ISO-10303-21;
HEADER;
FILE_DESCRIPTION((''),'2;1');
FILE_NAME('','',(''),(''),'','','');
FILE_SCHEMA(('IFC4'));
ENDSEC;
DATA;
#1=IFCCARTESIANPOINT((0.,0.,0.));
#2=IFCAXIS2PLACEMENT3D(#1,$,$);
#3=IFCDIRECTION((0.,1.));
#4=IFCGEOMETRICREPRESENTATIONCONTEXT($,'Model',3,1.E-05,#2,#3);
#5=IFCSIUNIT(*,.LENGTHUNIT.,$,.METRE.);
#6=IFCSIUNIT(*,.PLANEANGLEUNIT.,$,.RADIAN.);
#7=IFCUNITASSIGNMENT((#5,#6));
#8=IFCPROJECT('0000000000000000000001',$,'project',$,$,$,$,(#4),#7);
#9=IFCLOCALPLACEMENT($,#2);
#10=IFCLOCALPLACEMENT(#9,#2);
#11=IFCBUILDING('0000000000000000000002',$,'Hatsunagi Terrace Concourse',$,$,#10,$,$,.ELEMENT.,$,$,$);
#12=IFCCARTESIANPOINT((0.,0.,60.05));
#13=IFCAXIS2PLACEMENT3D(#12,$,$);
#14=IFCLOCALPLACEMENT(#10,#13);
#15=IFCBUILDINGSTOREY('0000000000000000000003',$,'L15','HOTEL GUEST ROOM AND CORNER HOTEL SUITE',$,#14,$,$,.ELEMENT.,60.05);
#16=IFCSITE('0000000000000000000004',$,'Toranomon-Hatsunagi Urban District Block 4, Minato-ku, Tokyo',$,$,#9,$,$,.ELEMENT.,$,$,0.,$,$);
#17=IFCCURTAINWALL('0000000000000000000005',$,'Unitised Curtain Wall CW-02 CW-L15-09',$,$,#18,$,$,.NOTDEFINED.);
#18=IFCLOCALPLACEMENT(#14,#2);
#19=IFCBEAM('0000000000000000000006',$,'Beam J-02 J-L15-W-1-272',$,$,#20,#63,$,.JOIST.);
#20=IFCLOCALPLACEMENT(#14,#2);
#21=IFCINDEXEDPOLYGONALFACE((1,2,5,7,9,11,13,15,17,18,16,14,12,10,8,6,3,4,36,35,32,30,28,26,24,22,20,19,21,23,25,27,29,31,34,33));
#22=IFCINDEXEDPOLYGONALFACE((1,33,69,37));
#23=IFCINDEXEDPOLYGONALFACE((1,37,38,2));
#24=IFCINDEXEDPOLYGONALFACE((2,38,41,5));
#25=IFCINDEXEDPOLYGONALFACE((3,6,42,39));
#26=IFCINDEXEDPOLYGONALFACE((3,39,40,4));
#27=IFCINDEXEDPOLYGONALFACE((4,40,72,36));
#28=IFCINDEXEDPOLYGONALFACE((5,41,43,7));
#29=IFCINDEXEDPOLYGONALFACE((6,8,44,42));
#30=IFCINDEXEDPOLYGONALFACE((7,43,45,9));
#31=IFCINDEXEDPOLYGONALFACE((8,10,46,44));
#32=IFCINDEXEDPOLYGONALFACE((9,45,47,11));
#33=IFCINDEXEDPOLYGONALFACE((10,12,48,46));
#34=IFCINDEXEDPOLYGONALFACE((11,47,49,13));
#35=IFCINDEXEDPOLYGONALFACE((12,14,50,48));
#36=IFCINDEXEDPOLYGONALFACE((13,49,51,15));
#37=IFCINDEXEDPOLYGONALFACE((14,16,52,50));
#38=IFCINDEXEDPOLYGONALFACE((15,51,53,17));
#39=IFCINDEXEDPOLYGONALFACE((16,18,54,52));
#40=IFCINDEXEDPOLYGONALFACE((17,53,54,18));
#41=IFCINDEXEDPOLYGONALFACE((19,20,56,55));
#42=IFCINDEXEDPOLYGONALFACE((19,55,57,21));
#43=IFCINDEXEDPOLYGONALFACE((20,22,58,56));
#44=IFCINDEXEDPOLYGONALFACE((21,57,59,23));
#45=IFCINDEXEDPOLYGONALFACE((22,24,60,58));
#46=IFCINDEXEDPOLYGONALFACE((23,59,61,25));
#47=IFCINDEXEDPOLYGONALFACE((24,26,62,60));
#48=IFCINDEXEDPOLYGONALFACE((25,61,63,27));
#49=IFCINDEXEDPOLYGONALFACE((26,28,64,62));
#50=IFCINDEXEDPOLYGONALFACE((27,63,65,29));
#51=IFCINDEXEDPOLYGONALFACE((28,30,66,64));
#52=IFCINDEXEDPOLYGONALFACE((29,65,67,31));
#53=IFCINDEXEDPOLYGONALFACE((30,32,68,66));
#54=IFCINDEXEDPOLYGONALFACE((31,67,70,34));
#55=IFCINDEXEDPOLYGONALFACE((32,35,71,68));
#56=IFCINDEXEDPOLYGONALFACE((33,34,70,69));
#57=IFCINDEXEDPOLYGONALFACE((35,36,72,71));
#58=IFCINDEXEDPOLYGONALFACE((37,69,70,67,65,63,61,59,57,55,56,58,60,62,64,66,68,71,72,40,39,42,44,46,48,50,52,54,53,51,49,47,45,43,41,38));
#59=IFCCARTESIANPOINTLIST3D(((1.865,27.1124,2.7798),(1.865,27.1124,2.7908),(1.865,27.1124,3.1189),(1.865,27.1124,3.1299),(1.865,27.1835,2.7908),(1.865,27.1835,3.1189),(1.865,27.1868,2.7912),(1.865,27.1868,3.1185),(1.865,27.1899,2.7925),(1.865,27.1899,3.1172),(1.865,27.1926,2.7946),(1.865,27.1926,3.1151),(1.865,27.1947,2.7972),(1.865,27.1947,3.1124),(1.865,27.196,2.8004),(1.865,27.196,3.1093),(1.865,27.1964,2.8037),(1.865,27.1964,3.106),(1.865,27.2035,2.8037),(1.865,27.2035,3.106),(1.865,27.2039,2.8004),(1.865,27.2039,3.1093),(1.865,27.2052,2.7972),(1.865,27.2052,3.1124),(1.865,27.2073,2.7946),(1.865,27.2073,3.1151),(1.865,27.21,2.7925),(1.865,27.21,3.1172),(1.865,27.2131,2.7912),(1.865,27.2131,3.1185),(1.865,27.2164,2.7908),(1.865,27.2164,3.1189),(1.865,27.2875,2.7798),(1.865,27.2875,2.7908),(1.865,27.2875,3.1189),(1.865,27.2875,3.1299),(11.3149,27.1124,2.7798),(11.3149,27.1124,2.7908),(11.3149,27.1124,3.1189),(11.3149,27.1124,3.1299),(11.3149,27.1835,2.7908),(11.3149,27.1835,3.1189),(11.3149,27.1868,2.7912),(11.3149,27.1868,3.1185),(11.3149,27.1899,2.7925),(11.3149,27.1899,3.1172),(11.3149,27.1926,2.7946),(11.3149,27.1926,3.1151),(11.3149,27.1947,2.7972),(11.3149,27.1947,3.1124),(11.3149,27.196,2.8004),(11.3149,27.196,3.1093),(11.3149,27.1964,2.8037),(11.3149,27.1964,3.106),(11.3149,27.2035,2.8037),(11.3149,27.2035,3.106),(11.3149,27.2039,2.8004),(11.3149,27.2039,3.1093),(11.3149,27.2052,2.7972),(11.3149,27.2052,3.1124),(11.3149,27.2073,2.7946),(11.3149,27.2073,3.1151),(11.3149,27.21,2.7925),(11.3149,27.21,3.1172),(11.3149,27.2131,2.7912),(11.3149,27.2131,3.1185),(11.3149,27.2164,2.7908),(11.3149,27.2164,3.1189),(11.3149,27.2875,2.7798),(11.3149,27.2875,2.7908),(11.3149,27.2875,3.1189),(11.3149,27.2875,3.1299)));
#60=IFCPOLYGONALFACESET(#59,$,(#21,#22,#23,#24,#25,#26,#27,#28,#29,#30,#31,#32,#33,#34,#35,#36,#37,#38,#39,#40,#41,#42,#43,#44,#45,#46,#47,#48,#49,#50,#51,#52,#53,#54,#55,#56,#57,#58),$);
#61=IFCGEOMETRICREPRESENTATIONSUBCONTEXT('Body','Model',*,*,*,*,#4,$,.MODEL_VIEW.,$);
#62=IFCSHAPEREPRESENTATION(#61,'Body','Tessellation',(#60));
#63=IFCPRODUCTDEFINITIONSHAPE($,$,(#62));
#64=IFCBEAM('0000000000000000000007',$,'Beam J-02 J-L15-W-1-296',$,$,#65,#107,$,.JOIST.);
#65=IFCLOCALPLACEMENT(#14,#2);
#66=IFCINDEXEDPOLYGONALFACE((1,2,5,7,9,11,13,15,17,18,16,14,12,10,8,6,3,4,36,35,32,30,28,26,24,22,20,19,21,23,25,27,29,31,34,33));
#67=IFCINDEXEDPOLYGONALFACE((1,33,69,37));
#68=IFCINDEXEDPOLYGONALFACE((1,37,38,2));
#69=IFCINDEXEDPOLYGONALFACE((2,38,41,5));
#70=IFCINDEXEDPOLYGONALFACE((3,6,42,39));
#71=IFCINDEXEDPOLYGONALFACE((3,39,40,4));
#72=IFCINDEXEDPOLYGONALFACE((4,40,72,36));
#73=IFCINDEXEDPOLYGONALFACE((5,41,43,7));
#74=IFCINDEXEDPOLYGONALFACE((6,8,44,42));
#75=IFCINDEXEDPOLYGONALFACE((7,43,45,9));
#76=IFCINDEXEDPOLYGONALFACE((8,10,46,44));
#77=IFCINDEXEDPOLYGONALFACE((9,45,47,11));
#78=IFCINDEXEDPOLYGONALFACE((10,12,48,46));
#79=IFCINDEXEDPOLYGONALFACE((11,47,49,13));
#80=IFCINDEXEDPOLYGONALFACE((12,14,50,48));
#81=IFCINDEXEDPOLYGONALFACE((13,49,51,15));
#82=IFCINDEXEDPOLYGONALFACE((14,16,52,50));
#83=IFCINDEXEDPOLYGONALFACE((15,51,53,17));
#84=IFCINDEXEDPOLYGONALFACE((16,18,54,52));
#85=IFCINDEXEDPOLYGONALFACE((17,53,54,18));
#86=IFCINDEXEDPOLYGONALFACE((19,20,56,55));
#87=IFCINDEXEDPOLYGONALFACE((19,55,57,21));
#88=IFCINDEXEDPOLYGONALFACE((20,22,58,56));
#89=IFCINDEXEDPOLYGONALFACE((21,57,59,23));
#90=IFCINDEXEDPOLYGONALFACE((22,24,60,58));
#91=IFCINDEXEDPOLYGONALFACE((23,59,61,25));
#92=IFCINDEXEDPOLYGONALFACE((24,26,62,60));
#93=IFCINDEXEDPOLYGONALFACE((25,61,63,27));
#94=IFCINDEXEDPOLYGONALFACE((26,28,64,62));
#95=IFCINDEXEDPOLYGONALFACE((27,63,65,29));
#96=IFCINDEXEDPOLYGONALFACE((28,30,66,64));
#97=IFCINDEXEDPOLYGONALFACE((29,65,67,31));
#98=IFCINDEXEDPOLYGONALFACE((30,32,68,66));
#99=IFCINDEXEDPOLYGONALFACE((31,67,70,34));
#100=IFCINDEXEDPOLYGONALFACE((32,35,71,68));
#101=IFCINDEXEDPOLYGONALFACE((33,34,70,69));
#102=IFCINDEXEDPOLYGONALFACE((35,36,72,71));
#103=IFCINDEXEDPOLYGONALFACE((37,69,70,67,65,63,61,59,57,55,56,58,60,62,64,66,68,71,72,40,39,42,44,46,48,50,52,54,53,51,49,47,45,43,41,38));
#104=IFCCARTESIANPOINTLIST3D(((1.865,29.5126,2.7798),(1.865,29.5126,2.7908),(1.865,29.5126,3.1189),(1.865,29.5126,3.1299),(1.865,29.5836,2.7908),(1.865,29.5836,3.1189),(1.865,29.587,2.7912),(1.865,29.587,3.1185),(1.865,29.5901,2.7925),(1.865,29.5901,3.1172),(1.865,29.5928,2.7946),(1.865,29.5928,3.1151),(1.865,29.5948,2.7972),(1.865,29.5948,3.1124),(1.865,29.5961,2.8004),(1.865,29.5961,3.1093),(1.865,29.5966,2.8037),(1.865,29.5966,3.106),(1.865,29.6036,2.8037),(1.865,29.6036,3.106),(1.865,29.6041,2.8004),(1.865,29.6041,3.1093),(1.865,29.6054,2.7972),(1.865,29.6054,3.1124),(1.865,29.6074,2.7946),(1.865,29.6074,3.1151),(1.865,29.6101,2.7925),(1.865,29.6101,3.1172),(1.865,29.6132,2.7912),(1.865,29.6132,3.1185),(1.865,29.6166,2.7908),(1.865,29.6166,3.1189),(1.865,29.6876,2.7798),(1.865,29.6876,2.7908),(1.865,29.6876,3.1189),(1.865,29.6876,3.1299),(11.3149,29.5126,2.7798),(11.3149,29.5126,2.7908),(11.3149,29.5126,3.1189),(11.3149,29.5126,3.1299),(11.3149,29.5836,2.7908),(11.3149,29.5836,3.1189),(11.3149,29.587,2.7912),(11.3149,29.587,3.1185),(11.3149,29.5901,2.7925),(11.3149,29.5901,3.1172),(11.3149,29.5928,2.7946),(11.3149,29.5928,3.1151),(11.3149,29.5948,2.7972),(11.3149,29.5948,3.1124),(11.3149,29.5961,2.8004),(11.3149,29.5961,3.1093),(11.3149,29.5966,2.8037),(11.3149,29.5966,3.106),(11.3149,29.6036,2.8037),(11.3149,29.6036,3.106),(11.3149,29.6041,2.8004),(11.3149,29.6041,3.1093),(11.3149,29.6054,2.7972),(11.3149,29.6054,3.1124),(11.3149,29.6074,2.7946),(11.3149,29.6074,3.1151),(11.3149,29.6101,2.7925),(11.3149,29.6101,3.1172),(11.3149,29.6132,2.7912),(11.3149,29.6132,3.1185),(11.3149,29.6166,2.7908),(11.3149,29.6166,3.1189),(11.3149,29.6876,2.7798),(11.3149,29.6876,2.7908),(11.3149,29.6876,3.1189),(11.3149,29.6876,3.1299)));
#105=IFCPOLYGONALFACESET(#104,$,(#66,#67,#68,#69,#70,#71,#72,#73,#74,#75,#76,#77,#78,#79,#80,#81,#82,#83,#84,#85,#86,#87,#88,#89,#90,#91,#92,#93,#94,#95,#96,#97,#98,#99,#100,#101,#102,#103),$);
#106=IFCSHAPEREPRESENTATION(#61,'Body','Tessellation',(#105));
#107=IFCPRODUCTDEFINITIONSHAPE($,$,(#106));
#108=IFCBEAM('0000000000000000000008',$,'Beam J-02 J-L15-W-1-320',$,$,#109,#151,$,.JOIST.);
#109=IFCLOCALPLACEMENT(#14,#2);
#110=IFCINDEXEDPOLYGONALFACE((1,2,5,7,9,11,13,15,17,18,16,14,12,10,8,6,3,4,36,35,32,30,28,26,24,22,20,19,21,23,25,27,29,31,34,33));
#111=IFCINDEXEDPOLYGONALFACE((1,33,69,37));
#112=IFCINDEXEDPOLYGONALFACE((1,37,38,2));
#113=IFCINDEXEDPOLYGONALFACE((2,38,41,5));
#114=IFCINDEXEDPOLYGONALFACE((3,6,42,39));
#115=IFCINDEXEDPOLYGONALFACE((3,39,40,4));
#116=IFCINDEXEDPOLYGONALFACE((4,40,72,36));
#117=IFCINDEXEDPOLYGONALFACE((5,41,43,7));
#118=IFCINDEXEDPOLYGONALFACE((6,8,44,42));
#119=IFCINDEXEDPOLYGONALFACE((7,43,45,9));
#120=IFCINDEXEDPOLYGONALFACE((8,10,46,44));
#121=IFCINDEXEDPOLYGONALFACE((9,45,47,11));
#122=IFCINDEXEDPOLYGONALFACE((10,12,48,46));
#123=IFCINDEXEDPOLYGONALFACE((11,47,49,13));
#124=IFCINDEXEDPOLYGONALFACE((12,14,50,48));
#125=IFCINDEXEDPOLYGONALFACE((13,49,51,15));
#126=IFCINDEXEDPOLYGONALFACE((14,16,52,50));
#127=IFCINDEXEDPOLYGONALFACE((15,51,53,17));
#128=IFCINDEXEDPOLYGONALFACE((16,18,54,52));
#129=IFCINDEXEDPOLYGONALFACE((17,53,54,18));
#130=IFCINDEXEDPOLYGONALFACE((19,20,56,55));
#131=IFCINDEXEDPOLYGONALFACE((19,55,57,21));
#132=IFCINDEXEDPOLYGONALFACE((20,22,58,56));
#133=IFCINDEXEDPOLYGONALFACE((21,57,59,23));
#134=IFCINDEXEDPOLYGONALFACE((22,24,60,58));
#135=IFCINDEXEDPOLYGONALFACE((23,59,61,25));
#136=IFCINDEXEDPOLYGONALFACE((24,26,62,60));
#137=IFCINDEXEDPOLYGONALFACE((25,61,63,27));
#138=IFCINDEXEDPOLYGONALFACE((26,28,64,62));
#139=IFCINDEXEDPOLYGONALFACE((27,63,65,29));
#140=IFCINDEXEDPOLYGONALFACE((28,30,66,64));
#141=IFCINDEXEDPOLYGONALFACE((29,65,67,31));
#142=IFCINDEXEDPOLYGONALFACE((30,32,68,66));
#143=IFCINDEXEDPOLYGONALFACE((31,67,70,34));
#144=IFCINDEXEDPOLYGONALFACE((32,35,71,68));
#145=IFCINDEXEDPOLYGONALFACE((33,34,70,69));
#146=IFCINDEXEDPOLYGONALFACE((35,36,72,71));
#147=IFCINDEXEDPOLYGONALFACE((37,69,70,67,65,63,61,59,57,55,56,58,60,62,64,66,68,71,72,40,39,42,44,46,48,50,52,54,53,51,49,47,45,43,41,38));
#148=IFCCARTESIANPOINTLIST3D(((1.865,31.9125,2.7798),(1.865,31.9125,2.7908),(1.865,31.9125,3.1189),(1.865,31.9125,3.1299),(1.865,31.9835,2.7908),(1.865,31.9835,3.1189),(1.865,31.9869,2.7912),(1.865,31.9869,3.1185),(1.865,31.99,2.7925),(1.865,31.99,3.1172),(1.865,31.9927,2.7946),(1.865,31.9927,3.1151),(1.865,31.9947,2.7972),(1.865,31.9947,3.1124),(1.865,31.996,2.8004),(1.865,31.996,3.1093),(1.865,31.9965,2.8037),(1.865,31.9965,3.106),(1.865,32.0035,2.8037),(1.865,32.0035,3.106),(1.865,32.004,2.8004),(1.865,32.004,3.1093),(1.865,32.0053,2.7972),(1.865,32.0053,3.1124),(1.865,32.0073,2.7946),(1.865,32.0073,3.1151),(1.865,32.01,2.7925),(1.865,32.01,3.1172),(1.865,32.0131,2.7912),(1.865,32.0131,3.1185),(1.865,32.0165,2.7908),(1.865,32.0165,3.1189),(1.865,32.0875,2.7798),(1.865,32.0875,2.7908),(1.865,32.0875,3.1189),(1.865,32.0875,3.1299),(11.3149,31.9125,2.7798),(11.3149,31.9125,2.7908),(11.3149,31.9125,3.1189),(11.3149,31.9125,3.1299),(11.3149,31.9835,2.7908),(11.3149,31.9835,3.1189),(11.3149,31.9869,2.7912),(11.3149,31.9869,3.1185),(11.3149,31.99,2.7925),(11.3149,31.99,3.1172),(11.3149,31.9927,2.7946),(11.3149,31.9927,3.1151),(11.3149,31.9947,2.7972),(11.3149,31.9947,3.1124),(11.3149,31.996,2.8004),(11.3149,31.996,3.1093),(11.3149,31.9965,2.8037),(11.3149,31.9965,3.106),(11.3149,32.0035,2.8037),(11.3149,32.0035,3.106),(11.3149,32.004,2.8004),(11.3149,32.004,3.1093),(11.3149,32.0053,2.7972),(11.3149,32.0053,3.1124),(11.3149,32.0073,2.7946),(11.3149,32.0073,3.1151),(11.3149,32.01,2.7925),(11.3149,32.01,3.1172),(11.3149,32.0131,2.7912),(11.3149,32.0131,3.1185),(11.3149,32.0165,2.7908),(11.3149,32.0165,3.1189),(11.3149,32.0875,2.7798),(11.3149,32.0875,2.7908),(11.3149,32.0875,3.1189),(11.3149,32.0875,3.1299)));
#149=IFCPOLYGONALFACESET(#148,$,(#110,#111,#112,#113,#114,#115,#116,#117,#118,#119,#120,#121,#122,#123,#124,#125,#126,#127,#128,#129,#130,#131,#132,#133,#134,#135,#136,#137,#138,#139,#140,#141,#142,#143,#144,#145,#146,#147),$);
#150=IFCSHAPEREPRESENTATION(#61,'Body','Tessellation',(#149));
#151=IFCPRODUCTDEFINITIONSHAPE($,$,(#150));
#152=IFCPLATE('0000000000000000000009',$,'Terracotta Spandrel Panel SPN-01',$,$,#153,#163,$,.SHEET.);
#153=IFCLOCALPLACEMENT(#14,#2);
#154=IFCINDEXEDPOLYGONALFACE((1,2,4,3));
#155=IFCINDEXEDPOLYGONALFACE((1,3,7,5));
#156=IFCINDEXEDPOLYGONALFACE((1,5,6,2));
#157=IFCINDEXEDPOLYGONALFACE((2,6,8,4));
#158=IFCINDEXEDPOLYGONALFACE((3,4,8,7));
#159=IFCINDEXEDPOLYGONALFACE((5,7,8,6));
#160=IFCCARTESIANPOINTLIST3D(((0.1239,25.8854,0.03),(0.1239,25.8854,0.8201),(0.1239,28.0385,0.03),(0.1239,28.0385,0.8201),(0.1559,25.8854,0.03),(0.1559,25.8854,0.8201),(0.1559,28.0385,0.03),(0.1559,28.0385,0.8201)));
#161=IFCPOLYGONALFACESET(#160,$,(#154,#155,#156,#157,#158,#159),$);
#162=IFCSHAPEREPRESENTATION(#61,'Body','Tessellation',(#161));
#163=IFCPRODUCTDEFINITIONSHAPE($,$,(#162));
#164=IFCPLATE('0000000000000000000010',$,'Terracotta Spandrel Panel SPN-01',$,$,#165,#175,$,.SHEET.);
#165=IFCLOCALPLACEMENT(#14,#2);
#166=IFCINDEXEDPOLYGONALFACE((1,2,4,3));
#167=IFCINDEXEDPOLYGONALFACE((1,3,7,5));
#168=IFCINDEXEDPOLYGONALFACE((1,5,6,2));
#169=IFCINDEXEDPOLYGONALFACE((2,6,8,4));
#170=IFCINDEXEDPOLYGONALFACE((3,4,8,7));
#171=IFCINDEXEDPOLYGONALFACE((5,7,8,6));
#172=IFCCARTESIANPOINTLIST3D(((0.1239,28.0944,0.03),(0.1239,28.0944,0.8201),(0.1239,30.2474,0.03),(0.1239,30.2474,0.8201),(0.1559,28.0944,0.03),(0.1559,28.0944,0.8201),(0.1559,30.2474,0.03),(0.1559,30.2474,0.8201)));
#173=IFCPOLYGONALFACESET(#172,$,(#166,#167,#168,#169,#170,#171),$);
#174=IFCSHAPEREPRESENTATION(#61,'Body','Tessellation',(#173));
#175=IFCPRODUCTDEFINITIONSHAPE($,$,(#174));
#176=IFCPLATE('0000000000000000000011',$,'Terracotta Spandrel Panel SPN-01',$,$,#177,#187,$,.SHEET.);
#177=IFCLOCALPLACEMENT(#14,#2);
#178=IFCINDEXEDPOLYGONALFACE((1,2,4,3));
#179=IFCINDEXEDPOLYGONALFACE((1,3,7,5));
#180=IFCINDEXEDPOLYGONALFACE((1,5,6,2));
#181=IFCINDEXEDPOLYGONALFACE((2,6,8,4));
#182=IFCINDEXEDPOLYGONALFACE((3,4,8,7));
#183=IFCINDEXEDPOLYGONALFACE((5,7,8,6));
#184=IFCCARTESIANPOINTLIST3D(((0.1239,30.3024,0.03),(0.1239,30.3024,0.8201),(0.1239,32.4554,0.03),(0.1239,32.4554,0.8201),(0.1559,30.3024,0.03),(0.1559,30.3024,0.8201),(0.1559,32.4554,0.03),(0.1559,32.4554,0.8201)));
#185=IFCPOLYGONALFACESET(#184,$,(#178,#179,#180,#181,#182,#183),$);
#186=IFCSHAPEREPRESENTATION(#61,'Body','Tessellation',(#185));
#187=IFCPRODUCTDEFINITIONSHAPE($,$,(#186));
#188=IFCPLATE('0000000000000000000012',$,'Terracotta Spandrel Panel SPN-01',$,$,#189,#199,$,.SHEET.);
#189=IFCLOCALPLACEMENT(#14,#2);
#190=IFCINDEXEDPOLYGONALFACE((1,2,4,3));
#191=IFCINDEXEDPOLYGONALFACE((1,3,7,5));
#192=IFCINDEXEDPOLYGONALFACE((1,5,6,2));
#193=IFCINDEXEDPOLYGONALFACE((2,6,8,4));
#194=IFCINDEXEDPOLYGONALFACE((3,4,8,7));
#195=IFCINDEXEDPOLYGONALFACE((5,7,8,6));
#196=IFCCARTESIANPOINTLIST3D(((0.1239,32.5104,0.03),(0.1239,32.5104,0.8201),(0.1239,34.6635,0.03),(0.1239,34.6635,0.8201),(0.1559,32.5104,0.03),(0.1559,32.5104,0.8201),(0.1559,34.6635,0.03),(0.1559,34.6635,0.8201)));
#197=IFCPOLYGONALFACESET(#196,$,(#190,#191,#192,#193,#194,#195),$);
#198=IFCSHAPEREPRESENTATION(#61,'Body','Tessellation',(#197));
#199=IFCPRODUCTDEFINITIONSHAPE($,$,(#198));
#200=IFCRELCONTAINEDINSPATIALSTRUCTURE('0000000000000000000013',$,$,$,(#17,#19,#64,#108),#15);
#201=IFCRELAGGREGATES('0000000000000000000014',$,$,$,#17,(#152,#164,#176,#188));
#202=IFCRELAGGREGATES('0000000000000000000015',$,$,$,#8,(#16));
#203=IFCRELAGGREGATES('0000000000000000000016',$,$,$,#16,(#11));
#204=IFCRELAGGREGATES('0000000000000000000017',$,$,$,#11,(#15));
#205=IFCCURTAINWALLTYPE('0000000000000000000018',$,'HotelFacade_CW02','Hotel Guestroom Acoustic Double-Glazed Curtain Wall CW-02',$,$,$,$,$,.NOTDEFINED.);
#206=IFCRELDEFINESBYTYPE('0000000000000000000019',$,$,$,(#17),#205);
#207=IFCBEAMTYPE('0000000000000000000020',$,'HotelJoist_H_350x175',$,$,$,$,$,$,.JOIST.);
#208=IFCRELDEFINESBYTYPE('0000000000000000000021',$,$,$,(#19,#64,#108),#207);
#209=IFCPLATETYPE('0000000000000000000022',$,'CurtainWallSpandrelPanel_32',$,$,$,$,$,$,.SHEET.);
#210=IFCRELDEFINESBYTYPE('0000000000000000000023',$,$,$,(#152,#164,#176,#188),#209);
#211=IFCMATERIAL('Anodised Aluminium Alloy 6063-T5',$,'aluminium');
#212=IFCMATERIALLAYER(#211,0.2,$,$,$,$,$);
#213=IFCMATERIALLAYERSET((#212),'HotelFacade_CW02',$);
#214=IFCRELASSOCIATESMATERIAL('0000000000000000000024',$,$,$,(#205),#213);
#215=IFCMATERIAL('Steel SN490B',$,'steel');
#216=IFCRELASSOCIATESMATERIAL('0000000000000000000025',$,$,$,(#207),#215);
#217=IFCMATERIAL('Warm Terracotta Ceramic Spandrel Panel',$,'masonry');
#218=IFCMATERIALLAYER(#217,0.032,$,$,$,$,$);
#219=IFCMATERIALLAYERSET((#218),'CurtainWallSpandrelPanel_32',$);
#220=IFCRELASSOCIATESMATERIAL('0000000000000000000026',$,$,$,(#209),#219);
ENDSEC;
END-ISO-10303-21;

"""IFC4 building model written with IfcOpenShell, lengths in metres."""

from ifc_helpers import new_model, si_unit, direction, frame, origin, origin_2d, place, context, subcontext, project, spatial, rectangle, i_section, extrude, material, layer, layer_set, material_profile, profile_set, type_object, element, aggregate, save


model = new_model("IFC4")

# Units and contexts
model_context = context("Model", 3, precision=1e-05, world=origin(), true_north=direction((0.0, 1.0)))
body_context = subcontext(model_context, "Body", "Model", "MODEL_VIEW")
ifc_project = project(units=[si_unit("LENGTHUNIT", "METRE"), si_unit("PLANEANGLEUNIT", "RADIAN")], contexts=[model_context])

# Site, building, storey
site_placement = place(None, origin())
site = spatial("IfcSite", under=ifc_project, at=site_placement, Name="Toranomon-Hatsunagi Urban District Block 4, Minato-ku, Tokyo", CompositionType="ELEMENT", RefElevation=0.0)
building_placement = place(site_placement, origin())
building = spatial("IfcBuilding", under=site, at=building_placement, Name="Hatsunagi Terrace Concourse", CompositionType="ELEMENT")
storey_placement = place(building_placement, frame((0.0, 0.0, 60.05)))
storey = spatial("IfcBuildingStorey", under=building, at=storey_placement, Name="L15", Description="HOTEL GUEST ROOM AND CORNER HOTEL SUITE", CompositionType="ELEMENT", Elevation=60.05)

# Curtain wall
ifc_material_1 = material(Name="Anodised Aluminium Alloy 6063-T5", Category="aluminium")
ifc_layer_1 = layer(ifc_material_1, 0.2)
ifc_layer_set_1 = layer_set([ifc_layer_1], Name="HotelFacade_CW02")
curtain_wall_type = type_object("IfcCurtainWallType", Name="HotelFacade_CW02", Description="Hotel Guestroom Acoustic Double-Glazed Curtain Wall CW-02", PredefinedType="NOTDEFINED", material=ifc_layer_set_1)
curtain_wall_placement = place(storey_placement, origin())
curtain_wall = element("IfcCurtainWall", 1, at=curtain_wall_placement, inside=storey, type_object=curtain_wall_type, Name="Unitised Curtain Wall CW-02 CW-L15-09", PredefinedType="NOTDEFINED")

# Beams
ifc_material_2 = material(Name="Steel SN490B", Category="steel")
ifc_material_profile_1 = material_profile(ifc_material_2, i_section(OverallWidth=0.175, OverallDepth=0.3501, WebThickness=0.0071, FlangeThickness=0.011, FilletRadius=0.0129, at=origin_2d()), Name="H-350x175x7x11")
ifc_profile_set_1 = profile_set([ifc_material_profile_1], Name="Steel SN490B")
beam_type_1 = type_object("IfcBeamType", Name="HotelJoist_H_350x175", PredefinedType="JOIST", material=ifc_profile_set_1)
for number, where, z_axis, x_axis, name in (
    (2, (1.865, 27.2, 2.9548), (1.0, 0.0, 0.0), (0.0, 1.0, 0.0), "Beam J-02 J-L15-W-1-272"),
    (3, (1.865, 29.6001, 2.9548), (1.0, 0.0, 0.0), (0.0, 1.0, 0.0), "Beam J-02 J-L15-W-1-296"),
    (4, (1.865, 32.0, 2.9548), (1.0, 0.0, 0.0), (0.0, 1.0, 0.0), "Beam J-02 J-L15-W-1-320"),
):
    element("IfcBeam", number, at=place(storey_placement, frame(where, z_axis=z_axis, x_axis=x_axis)), inside=storey, type_object=beam_type_1, Name=name, PredefinedType="JOIST", context=body_context, shape_type="SweptSolid", body=[
        extrude(i_section(OverallWidth=0.175, OverallDepth=0.3501, WebThickness=0.0071, FlangeThickness=0.011, FilletRadius=0.0129, at=origin_2d()), origin(), (0.0, 0.0, 1.0), 9.45),
    ])

# Plates
ifc_material_3 = material(Name="Warm Terracotta Ceramic Spandrel Panel", Category="masonry")
ifc_layer_2 = layer(ifc_material_3, 0.032)
ifc_layer_set_2 = layer_set([ifc_layer_2], Name="CurtainWallSpandrelPanel_32")
plate_type_1 = type_object("IfcPlateType", Name="CurtainWallSpandrelPanel_32", PredefinedType="SHEET", material=ifc_layer_set_2)
plate_1_placement = place(storey_placement, frame((0.1399, 26.9619, 0.03), z_axis=(0.0, 0.0, 1.0), x_axis=(0.0, 1.0, 0.0)))
plate_1 = element("IfcPlate", 5, at=plate_1_placement, type_object=plate_type_1, Name="Terracotta Spandrel Panel SPN-01", PredefinedType="SHEET", context=body_context, shape_type="SweptSolid", body=[
    extrude(rectangle(XDim=2.1531, YDim=0.032, at=origin_2d()), origin(), (0.0, 0.0, 1.0), 0.79),
])
plate_2_placement = place(storey_placement, frame((0.1399, 29.1709, 0.03), z_axis=(0.0, 0.0, 1.0), x_axis=(0.0, 1.0, 0.0)))
plate_2 = element("IfcPlate", 6, at=plate_2_placement, type_object=plate_type_1, Name="Terracotta Spandrel Panel SPN-01", PredefinedType="SHEET", context=body_context, shape_type="SweptSolid", body=[
    extrude(rectangle(XDim=2.1531, YDim=0.032, at=origin_2d()), origin(), (0.0, 0.0, 1.0), 0.79),
])
plate_3_placement = place(storey_placement, frame((0.1399, 31.3789, 0.03), z_axis=(0.0, 0.0, 1.0), x_axis=(0.0, 1.0, 0.0)))
plate_3 = element("IfcPlate", 7, at=plate_3_placement, type_object=plate_type_1, Name="Terracotta Spandrel Panel SPN-01", PredefinedType="SHEET", context=body_context, shape_type="SweptSolid", body=[
    extrude(rectangle(XDim=2.1531, YDim=0.032, at=origin_2d()), origin(), (0.0, 0.0, 1.0), 0.79),
])
plate_4_placement = place(storey_placement, frame((0.1399, 33.5869, 0.03), z_axis=(0.0, 0.0, 1.0), x_axis=(0.0, 1.0, 0.0)))
plate_4 = element("IfcPlate", 8, at=plate_4_placement, type_object=plate_type_1, Name="Terracotta Spandrel Panel SPN-01", PredefinedType="SHEET", context=body_context, shape_type="SweptSolid", body=[
    extrude(rectangle(XDim=2.1531, YDim=0.032, at=origin_2d()), origin(), (0.0, 0.0, 1.0), 0.79),
])
aggregate(curtain_wall, [plate_1, plate_2, plate_3, plate_4])

save(model, "model.ifc")
